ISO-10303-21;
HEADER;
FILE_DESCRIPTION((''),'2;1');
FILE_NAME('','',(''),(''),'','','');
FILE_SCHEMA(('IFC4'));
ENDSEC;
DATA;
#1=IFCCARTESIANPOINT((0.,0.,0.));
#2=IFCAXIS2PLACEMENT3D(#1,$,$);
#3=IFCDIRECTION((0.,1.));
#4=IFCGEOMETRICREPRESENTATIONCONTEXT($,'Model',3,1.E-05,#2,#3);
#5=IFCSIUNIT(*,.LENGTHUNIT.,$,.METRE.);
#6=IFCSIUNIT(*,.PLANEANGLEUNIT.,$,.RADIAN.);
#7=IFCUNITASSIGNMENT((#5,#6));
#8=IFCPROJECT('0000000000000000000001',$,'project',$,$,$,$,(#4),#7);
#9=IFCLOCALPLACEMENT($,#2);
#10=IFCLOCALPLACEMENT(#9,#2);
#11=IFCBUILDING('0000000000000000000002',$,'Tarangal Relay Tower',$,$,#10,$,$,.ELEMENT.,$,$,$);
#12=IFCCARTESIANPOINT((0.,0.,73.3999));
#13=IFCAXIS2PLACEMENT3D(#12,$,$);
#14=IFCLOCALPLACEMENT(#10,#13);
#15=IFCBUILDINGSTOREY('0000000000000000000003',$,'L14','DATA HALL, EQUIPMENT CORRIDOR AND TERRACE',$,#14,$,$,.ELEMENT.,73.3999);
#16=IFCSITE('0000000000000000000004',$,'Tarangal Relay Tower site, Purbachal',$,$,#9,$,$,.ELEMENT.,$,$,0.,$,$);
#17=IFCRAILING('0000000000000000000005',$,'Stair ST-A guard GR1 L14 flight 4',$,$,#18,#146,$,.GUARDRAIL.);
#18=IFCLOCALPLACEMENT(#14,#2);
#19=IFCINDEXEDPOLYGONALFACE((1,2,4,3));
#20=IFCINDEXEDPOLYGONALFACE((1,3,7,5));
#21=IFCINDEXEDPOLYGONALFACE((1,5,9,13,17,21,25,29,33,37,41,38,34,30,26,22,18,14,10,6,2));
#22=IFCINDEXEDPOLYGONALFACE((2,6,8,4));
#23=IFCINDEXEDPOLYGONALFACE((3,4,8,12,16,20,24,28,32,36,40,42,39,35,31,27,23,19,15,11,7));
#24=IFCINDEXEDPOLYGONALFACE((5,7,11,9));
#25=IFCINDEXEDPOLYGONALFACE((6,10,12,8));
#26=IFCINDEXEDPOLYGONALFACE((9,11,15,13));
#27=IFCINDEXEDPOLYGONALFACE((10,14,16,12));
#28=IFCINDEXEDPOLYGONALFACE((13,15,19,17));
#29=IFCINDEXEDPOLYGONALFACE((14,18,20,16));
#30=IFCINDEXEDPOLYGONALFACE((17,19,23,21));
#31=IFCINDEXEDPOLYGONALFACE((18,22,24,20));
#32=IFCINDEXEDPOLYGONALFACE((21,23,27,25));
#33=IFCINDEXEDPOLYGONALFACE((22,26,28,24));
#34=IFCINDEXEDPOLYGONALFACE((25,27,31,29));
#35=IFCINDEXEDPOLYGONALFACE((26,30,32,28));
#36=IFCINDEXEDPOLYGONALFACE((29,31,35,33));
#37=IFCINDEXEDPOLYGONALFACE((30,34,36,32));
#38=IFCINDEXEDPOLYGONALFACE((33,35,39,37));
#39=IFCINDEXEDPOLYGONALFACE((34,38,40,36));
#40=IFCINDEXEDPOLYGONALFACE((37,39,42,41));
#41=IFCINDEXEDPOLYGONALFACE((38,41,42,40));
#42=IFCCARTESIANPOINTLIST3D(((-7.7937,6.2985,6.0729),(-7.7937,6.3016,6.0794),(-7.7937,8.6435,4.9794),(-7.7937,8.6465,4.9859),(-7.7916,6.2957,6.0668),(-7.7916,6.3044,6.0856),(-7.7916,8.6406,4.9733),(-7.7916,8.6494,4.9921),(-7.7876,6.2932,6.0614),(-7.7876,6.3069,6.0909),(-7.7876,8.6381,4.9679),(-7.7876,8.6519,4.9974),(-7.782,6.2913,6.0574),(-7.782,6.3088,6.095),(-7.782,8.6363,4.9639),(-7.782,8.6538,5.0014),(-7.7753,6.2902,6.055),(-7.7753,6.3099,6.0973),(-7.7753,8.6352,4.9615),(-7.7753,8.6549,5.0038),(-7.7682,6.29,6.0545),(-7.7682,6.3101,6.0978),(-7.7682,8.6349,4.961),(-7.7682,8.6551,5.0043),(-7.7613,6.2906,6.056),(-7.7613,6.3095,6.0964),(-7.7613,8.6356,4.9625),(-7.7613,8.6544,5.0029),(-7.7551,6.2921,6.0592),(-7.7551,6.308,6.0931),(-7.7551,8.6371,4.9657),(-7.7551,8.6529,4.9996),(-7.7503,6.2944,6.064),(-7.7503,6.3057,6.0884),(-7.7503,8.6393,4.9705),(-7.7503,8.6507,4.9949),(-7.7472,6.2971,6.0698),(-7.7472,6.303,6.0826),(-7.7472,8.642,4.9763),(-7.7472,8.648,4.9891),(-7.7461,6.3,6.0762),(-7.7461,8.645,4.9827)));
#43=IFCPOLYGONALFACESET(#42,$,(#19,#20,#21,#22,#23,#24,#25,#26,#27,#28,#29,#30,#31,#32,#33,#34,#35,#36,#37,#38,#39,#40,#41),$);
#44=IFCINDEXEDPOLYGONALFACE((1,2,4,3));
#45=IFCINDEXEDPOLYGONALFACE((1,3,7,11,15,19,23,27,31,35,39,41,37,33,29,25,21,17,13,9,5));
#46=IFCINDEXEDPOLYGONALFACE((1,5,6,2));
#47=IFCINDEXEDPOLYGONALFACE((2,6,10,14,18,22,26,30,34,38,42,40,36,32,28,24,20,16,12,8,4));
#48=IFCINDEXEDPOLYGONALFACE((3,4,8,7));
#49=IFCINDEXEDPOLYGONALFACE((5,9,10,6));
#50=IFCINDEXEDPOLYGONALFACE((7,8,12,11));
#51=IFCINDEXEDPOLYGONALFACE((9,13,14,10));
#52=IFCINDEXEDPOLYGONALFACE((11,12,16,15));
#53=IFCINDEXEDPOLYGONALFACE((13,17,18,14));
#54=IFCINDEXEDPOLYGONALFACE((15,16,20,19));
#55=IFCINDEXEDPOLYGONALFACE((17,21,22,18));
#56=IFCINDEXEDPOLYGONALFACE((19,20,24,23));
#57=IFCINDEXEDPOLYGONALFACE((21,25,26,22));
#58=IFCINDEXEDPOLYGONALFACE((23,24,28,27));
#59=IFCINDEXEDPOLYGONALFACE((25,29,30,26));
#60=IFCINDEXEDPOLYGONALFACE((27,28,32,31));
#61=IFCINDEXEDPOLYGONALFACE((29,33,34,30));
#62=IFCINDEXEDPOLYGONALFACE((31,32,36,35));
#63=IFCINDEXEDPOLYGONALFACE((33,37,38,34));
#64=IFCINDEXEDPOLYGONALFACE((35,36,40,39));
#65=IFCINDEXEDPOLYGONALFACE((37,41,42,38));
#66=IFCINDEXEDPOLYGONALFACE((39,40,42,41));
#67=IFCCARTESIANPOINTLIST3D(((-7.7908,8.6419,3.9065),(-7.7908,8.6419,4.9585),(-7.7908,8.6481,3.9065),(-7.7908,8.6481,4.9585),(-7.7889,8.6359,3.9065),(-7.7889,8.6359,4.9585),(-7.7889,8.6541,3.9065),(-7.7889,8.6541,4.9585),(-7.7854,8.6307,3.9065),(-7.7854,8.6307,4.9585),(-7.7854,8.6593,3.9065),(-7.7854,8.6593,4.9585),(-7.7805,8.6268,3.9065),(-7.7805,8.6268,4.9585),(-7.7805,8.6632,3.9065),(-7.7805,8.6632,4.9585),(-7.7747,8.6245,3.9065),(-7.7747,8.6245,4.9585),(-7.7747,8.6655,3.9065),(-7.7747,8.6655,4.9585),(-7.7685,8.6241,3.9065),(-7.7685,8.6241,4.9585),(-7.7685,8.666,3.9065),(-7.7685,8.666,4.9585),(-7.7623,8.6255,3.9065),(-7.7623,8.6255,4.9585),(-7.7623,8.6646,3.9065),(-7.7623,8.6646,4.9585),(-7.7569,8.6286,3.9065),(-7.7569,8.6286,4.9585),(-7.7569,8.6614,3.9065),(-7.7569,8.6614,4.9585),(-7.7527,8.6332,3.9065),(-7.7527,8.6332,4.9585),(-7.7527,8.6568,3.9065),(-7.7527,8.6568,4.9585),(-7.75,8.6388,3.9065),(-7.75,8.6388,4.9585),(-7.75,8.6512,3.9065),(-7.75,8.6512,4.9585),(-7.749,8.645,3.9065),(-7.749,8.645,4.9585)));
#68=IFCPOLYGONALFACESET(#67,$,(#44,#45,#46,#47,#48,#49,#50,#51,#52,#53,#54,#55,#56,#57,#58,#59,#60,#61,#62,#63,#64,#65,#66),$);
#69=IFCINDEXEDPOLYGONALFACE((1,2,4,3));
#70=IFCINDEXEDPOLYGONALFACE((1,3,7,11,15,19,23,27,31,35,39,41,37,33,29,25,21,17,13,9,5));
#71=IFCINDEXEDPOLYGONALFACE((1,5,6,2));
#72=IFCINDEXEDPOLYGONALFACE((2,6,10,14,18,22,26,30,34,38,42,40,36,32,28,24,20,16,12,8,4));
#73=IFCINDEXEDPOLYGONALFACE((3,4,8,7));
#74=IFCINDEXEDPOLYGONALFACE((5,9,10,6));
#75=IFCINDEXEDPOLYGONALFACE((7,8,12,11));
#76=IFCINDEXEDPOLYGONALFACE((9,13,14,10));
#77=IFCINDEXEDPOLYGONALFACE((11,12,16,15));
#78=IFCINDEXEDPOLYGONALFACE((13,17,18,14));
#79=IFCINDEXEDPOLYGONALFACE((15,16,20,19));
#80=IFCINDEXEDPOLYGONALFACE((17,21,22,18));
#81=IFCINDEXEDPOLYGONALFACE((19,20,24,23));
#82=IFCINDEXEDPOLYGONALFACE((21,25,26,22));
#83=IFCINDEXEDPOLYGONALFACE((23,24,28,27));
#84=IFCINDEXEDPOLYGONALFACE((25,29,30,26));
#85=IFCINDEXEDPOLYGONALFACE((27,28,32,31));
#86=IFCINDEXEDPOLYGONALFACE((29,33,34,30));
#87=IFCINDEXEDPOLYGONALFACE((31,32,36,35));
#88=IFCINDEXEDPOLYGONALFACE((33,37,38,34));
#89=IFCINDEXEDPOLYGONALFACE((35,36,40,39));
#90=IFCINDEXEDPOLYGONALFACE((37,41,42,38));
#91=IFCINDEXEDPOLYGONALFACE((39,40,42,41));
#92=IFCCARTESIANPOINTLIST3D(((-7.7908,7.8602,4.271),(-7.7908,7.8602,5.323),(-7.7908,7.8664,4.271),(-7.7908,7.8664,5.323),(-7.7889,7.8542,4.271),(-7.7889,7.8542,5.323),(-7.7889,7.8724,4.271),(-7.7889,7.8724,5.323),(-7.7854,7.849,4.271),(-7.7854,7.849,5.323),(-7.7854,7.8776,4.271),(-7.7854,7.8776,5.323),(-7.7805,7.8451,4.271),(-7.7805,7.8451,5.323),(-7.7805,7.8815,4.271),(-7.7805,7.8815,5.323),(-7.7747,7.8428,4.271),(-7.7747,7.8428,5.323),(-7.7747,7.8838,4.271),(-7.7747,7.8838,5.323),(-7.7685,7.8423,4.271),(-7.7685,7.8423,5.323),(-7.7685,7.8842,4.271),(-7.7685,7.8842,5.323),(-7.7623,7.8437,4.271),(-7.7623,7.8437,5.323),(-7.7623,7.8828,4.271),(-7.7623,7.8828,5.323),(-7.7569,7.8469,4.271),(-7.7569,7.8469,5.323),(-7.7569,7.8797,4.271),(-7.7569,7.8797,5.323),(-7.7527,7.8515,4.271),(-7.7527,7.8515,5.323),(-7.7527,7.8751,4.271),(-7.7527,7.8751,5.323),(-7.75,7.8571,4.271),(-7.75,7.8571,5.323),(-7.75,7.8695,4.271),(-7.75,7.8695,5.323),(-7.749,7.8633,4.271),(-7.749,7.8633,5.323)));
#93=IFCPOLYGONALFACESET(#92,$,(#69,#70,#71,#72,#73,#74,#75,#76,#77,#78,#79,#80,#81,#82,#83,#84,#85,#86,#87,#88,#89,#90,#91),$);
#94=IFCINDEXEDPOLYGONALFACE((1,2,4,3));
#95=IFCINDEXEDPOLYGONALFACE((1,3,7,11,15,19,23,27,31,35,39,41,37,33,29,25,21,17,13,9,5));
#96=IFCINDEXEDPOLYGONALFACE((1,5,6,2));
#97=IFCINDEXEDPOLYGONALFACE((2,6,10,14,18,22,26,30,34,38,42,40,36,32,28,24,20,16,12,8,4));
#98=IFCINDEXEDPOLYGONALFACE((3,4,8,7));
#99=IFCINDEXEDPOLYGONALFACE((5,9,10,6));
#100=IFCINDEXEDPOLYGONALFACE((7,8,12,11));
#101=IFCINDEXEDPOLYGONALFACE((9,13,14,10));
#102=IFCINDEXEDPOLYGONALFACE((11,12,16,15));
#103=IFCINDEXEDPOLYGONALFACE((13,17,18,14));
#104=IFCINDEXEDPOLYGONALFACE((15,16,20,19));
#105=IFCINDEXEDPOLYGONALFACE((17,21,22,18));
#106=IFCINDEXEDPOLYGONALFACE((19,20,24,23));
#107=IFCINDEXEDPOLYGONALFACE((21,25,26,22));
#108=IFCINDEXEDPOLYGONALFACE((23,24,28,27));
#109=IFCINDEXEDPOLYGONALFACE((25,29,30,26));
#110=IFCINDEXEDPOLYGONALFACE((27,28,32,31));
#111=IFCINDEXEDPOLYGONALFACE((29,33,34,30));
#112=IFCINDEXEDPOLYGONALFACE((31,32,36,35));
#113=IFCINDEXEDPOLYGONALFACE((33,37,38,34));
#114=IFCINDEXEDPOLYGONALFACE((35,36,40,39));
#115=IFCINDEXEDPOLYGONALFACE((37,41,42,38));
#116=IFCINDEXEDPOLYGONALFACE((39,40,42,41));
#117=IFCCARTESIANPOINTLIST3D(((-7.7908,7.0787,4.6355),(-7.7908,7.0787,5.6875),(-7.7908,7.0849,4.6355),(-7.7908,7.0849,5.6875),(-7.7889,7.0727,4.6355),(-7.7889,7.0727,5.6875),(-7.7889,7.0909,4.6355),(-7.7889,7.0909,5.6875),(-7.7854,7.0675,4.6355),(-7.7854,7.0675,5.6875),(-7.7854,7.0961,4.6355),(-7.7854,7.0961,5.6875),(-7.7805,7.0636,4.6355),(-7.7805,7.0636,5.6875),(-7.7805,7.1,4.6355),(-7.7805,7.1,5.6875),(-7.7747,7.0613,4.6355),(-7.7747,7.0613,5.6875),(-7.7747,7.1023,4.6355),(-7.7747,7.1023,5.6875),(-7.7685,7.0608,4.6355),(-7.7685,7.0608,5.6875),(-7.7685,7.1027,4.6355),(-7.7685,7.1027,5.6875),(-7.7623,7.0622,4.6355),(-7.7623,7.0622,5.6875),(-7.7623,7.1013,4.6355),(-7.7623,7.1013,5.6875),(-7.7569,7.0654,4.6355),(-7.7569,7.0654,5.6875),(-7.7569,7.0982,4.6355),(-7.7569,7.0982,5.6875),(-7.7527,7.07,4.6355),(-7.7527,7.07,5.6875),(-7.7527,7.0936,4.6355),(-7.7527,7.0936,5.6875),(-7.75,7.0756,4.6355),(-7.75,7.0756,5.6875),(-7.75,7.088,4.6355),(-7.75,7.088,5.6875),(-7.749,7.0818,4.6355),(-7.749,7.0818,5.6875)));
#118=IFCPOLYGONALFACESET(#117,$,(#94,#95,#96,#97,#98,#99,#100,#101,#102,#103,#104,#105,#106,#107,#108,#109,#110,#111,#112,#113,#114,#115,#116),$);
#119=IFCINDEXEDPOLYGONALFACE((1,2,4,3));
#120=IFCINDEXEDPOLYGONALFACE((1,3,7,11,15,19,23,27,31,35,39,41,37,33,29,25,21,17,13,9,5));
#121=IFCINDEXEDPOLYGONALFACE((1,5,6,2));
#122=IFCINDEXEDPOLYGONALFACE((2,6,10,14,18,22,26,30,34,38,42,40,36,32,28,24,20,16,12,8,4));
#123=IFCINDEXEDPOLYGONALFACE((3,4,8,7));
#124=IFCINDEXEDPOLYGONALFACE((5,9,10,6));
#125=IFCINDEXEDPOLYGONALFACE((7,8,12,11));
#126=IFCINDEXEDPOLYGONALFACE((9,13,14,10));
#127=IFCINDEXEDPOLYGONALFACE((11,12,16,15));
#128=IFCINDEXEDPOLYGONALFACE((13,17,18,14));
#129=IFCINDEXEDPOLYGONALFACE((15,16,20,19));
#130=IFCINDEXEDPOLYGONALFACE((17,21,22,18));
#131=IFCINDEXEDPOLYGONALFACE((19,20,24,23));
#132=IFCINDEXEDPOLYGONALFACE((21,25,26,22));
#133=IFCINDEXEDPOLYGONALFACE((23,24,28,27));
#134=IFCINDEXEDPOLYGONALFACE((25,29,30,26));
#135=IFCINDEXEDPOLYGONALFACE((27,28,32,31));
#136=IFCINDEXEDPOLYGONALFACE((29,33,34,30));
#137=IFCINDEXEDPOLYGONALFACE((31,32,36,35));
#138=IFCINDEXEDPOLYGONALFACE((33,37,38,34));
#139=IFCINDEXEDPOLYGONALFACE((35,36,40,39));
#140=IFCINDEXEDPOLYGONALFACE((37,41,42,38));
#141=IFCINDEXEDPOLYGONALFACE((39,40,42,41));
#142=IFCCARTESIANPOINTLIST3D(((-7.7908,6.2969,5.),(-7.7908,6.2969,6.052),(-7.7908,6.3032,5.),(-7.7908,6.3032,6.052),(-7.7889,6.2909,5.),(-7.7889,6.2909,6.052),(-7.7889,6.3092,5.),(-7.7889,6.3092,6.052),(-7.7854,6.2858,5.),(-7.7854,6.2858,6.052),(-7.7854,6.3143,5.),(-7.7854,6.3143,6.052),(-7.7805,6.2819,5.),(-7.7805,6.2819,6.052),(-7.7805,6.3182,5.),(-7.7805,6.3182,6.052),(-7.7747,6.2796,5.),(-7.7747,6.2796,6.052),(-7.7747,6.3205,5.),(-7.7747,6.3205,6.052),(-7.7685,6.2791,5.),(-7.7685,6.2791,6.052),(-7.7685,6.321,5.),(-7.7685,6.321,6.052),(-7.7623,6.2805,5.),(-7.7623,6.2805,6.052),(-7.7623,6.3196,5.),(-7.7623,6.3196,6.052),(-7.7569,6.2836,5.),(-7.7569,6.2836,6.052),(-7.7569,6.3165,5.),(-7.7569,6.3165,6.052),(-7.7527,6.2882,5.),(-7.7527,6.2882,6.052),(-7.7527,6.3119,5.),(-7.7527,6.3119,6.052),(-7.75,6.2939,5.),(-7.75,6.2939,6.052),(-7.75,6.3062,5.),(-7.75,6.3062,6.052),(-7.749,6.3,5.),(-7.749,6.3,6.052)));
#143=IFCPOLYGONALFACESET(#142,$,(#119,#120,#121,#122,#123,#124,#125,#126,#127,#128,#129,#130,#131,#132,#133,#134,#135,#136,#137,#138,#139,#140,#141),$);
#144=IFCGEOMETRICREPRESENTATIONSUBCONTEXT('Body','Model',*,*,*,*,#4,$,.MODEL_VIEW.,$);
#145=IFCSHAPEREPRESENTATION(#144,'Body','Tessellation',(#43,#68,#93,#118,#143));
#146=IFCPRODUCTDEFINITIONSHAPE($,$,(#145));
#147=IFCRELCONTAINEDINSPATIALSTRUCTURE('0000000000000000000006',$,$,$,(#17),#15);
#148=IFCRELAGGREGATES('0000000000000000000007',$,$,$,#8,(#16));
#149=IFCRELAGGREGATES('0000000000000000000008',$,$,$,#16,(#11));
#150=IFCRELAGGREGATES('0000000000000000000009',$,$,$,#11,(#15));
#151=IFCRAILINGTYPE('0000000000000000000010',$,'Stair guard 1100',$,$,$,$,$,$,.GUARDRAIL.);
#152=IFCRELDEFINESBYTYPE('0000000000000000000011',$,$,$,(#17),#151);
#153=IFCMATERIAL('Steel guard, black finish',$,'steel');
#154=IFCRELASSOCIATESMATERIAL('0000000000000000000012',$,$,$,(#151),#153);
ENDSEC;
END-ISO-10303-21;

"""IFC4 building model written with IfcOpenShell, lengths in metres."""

from ifc_helpers import new_model, si_unit, direction, frame, origin, origin_2d, place, context, subcontext, project, spatial, circle, extrude, material, type_object, element, save


model = new_model("IFC4")

# Units and contexts
model_context = context("Model", 3, precision=1e-05, world=origin(), true_north=direction((0.0, 1.0)))
body_context = subcontext(model_context, "Body", "Model", "MODEL_VIEW")
ifc_project = project(units=[si_unit("LENGTHUNIT", "METRE"), si_unit("PLANEANGLEUNIT", "RADIAN")], contexts=[model_context])

# Site, building, storey
site_placement = place(None, origin())
site = spatial("IfcSite", under=ifc_project, at=site_placement, Name="Tarangal Relay Tower site, Purbachal", CompositionType="ELEMENT", RefElevation=0.0)
building_placement = place(site_placement, origin())
building = spatial("IfcBuilding", under=site, at=building_placement, Name="Tarangal Relay Tower", CompositionType="ELEMENT")
storey_placement = place(building_placement, frame((0.0, 0.0, 73.3999)))
storey = spatial("IfcBuildingStorey", under=building, at=storey_placement, Name="L14", Description="DATA HALL, EQUIPMENT CORRIDOR AND TERRACE", CompositionType="ELEMENT", Elevation=73.3999)

# Railing
ifc_material_1 = material(Name="Steel guard, black finish", Category="steel")
railing_type_1 = type_object("IfcRailingType", Name="Stair guard 1100", PredefinedType="GUARDRAIL", material=ifc_material_1)
for number, where, name in (
    (1, (-7.77, 8.645, 3.9065), "Stair ST-A guard GR1 L14 flight 4"),
):
    element("IfcRailing", number, at=place(storey_placement, frame(where)), inside=storey, type_object=railing_type_1, Name=name, PredefinedType="GUARDRAIL", context=body_context, shape_type="SweptSolid", body=[
        extrude(circle(Radius=0.0239, at=origin_2d()), frame((0.0, 0.0, 1.0762), z_axis=(0.0, -0.906304, 0.422627), x_axis=(1.0, 0.0, 0.0)), (0.0, 0.0, 1.0), 2.5874),
        extrude(circle(Radius=0.021, at=origin_2d()), origin(), (0.0, 0.0, 1.0), 1.052),
        extrude(circle(Radius=0.021, at=origin_2d()), frame((0.0, -0.7817, 0.3645)), (0.0, 0.0, 1.0), 1.052),
        extrude(circle(Radius=0.021, at=origin_2d()), frame((0.0, -1.5632, 0.729)), (0.0, 0.0, 1.0), 1.052),
        extrude(circle(Radius=0.021, at=origin_2d()), frame((0.0, -2.345, 1.0935)), (0.0, 0.0, 1.0), 1.052),
    ])

save(model, "model.ifc")
